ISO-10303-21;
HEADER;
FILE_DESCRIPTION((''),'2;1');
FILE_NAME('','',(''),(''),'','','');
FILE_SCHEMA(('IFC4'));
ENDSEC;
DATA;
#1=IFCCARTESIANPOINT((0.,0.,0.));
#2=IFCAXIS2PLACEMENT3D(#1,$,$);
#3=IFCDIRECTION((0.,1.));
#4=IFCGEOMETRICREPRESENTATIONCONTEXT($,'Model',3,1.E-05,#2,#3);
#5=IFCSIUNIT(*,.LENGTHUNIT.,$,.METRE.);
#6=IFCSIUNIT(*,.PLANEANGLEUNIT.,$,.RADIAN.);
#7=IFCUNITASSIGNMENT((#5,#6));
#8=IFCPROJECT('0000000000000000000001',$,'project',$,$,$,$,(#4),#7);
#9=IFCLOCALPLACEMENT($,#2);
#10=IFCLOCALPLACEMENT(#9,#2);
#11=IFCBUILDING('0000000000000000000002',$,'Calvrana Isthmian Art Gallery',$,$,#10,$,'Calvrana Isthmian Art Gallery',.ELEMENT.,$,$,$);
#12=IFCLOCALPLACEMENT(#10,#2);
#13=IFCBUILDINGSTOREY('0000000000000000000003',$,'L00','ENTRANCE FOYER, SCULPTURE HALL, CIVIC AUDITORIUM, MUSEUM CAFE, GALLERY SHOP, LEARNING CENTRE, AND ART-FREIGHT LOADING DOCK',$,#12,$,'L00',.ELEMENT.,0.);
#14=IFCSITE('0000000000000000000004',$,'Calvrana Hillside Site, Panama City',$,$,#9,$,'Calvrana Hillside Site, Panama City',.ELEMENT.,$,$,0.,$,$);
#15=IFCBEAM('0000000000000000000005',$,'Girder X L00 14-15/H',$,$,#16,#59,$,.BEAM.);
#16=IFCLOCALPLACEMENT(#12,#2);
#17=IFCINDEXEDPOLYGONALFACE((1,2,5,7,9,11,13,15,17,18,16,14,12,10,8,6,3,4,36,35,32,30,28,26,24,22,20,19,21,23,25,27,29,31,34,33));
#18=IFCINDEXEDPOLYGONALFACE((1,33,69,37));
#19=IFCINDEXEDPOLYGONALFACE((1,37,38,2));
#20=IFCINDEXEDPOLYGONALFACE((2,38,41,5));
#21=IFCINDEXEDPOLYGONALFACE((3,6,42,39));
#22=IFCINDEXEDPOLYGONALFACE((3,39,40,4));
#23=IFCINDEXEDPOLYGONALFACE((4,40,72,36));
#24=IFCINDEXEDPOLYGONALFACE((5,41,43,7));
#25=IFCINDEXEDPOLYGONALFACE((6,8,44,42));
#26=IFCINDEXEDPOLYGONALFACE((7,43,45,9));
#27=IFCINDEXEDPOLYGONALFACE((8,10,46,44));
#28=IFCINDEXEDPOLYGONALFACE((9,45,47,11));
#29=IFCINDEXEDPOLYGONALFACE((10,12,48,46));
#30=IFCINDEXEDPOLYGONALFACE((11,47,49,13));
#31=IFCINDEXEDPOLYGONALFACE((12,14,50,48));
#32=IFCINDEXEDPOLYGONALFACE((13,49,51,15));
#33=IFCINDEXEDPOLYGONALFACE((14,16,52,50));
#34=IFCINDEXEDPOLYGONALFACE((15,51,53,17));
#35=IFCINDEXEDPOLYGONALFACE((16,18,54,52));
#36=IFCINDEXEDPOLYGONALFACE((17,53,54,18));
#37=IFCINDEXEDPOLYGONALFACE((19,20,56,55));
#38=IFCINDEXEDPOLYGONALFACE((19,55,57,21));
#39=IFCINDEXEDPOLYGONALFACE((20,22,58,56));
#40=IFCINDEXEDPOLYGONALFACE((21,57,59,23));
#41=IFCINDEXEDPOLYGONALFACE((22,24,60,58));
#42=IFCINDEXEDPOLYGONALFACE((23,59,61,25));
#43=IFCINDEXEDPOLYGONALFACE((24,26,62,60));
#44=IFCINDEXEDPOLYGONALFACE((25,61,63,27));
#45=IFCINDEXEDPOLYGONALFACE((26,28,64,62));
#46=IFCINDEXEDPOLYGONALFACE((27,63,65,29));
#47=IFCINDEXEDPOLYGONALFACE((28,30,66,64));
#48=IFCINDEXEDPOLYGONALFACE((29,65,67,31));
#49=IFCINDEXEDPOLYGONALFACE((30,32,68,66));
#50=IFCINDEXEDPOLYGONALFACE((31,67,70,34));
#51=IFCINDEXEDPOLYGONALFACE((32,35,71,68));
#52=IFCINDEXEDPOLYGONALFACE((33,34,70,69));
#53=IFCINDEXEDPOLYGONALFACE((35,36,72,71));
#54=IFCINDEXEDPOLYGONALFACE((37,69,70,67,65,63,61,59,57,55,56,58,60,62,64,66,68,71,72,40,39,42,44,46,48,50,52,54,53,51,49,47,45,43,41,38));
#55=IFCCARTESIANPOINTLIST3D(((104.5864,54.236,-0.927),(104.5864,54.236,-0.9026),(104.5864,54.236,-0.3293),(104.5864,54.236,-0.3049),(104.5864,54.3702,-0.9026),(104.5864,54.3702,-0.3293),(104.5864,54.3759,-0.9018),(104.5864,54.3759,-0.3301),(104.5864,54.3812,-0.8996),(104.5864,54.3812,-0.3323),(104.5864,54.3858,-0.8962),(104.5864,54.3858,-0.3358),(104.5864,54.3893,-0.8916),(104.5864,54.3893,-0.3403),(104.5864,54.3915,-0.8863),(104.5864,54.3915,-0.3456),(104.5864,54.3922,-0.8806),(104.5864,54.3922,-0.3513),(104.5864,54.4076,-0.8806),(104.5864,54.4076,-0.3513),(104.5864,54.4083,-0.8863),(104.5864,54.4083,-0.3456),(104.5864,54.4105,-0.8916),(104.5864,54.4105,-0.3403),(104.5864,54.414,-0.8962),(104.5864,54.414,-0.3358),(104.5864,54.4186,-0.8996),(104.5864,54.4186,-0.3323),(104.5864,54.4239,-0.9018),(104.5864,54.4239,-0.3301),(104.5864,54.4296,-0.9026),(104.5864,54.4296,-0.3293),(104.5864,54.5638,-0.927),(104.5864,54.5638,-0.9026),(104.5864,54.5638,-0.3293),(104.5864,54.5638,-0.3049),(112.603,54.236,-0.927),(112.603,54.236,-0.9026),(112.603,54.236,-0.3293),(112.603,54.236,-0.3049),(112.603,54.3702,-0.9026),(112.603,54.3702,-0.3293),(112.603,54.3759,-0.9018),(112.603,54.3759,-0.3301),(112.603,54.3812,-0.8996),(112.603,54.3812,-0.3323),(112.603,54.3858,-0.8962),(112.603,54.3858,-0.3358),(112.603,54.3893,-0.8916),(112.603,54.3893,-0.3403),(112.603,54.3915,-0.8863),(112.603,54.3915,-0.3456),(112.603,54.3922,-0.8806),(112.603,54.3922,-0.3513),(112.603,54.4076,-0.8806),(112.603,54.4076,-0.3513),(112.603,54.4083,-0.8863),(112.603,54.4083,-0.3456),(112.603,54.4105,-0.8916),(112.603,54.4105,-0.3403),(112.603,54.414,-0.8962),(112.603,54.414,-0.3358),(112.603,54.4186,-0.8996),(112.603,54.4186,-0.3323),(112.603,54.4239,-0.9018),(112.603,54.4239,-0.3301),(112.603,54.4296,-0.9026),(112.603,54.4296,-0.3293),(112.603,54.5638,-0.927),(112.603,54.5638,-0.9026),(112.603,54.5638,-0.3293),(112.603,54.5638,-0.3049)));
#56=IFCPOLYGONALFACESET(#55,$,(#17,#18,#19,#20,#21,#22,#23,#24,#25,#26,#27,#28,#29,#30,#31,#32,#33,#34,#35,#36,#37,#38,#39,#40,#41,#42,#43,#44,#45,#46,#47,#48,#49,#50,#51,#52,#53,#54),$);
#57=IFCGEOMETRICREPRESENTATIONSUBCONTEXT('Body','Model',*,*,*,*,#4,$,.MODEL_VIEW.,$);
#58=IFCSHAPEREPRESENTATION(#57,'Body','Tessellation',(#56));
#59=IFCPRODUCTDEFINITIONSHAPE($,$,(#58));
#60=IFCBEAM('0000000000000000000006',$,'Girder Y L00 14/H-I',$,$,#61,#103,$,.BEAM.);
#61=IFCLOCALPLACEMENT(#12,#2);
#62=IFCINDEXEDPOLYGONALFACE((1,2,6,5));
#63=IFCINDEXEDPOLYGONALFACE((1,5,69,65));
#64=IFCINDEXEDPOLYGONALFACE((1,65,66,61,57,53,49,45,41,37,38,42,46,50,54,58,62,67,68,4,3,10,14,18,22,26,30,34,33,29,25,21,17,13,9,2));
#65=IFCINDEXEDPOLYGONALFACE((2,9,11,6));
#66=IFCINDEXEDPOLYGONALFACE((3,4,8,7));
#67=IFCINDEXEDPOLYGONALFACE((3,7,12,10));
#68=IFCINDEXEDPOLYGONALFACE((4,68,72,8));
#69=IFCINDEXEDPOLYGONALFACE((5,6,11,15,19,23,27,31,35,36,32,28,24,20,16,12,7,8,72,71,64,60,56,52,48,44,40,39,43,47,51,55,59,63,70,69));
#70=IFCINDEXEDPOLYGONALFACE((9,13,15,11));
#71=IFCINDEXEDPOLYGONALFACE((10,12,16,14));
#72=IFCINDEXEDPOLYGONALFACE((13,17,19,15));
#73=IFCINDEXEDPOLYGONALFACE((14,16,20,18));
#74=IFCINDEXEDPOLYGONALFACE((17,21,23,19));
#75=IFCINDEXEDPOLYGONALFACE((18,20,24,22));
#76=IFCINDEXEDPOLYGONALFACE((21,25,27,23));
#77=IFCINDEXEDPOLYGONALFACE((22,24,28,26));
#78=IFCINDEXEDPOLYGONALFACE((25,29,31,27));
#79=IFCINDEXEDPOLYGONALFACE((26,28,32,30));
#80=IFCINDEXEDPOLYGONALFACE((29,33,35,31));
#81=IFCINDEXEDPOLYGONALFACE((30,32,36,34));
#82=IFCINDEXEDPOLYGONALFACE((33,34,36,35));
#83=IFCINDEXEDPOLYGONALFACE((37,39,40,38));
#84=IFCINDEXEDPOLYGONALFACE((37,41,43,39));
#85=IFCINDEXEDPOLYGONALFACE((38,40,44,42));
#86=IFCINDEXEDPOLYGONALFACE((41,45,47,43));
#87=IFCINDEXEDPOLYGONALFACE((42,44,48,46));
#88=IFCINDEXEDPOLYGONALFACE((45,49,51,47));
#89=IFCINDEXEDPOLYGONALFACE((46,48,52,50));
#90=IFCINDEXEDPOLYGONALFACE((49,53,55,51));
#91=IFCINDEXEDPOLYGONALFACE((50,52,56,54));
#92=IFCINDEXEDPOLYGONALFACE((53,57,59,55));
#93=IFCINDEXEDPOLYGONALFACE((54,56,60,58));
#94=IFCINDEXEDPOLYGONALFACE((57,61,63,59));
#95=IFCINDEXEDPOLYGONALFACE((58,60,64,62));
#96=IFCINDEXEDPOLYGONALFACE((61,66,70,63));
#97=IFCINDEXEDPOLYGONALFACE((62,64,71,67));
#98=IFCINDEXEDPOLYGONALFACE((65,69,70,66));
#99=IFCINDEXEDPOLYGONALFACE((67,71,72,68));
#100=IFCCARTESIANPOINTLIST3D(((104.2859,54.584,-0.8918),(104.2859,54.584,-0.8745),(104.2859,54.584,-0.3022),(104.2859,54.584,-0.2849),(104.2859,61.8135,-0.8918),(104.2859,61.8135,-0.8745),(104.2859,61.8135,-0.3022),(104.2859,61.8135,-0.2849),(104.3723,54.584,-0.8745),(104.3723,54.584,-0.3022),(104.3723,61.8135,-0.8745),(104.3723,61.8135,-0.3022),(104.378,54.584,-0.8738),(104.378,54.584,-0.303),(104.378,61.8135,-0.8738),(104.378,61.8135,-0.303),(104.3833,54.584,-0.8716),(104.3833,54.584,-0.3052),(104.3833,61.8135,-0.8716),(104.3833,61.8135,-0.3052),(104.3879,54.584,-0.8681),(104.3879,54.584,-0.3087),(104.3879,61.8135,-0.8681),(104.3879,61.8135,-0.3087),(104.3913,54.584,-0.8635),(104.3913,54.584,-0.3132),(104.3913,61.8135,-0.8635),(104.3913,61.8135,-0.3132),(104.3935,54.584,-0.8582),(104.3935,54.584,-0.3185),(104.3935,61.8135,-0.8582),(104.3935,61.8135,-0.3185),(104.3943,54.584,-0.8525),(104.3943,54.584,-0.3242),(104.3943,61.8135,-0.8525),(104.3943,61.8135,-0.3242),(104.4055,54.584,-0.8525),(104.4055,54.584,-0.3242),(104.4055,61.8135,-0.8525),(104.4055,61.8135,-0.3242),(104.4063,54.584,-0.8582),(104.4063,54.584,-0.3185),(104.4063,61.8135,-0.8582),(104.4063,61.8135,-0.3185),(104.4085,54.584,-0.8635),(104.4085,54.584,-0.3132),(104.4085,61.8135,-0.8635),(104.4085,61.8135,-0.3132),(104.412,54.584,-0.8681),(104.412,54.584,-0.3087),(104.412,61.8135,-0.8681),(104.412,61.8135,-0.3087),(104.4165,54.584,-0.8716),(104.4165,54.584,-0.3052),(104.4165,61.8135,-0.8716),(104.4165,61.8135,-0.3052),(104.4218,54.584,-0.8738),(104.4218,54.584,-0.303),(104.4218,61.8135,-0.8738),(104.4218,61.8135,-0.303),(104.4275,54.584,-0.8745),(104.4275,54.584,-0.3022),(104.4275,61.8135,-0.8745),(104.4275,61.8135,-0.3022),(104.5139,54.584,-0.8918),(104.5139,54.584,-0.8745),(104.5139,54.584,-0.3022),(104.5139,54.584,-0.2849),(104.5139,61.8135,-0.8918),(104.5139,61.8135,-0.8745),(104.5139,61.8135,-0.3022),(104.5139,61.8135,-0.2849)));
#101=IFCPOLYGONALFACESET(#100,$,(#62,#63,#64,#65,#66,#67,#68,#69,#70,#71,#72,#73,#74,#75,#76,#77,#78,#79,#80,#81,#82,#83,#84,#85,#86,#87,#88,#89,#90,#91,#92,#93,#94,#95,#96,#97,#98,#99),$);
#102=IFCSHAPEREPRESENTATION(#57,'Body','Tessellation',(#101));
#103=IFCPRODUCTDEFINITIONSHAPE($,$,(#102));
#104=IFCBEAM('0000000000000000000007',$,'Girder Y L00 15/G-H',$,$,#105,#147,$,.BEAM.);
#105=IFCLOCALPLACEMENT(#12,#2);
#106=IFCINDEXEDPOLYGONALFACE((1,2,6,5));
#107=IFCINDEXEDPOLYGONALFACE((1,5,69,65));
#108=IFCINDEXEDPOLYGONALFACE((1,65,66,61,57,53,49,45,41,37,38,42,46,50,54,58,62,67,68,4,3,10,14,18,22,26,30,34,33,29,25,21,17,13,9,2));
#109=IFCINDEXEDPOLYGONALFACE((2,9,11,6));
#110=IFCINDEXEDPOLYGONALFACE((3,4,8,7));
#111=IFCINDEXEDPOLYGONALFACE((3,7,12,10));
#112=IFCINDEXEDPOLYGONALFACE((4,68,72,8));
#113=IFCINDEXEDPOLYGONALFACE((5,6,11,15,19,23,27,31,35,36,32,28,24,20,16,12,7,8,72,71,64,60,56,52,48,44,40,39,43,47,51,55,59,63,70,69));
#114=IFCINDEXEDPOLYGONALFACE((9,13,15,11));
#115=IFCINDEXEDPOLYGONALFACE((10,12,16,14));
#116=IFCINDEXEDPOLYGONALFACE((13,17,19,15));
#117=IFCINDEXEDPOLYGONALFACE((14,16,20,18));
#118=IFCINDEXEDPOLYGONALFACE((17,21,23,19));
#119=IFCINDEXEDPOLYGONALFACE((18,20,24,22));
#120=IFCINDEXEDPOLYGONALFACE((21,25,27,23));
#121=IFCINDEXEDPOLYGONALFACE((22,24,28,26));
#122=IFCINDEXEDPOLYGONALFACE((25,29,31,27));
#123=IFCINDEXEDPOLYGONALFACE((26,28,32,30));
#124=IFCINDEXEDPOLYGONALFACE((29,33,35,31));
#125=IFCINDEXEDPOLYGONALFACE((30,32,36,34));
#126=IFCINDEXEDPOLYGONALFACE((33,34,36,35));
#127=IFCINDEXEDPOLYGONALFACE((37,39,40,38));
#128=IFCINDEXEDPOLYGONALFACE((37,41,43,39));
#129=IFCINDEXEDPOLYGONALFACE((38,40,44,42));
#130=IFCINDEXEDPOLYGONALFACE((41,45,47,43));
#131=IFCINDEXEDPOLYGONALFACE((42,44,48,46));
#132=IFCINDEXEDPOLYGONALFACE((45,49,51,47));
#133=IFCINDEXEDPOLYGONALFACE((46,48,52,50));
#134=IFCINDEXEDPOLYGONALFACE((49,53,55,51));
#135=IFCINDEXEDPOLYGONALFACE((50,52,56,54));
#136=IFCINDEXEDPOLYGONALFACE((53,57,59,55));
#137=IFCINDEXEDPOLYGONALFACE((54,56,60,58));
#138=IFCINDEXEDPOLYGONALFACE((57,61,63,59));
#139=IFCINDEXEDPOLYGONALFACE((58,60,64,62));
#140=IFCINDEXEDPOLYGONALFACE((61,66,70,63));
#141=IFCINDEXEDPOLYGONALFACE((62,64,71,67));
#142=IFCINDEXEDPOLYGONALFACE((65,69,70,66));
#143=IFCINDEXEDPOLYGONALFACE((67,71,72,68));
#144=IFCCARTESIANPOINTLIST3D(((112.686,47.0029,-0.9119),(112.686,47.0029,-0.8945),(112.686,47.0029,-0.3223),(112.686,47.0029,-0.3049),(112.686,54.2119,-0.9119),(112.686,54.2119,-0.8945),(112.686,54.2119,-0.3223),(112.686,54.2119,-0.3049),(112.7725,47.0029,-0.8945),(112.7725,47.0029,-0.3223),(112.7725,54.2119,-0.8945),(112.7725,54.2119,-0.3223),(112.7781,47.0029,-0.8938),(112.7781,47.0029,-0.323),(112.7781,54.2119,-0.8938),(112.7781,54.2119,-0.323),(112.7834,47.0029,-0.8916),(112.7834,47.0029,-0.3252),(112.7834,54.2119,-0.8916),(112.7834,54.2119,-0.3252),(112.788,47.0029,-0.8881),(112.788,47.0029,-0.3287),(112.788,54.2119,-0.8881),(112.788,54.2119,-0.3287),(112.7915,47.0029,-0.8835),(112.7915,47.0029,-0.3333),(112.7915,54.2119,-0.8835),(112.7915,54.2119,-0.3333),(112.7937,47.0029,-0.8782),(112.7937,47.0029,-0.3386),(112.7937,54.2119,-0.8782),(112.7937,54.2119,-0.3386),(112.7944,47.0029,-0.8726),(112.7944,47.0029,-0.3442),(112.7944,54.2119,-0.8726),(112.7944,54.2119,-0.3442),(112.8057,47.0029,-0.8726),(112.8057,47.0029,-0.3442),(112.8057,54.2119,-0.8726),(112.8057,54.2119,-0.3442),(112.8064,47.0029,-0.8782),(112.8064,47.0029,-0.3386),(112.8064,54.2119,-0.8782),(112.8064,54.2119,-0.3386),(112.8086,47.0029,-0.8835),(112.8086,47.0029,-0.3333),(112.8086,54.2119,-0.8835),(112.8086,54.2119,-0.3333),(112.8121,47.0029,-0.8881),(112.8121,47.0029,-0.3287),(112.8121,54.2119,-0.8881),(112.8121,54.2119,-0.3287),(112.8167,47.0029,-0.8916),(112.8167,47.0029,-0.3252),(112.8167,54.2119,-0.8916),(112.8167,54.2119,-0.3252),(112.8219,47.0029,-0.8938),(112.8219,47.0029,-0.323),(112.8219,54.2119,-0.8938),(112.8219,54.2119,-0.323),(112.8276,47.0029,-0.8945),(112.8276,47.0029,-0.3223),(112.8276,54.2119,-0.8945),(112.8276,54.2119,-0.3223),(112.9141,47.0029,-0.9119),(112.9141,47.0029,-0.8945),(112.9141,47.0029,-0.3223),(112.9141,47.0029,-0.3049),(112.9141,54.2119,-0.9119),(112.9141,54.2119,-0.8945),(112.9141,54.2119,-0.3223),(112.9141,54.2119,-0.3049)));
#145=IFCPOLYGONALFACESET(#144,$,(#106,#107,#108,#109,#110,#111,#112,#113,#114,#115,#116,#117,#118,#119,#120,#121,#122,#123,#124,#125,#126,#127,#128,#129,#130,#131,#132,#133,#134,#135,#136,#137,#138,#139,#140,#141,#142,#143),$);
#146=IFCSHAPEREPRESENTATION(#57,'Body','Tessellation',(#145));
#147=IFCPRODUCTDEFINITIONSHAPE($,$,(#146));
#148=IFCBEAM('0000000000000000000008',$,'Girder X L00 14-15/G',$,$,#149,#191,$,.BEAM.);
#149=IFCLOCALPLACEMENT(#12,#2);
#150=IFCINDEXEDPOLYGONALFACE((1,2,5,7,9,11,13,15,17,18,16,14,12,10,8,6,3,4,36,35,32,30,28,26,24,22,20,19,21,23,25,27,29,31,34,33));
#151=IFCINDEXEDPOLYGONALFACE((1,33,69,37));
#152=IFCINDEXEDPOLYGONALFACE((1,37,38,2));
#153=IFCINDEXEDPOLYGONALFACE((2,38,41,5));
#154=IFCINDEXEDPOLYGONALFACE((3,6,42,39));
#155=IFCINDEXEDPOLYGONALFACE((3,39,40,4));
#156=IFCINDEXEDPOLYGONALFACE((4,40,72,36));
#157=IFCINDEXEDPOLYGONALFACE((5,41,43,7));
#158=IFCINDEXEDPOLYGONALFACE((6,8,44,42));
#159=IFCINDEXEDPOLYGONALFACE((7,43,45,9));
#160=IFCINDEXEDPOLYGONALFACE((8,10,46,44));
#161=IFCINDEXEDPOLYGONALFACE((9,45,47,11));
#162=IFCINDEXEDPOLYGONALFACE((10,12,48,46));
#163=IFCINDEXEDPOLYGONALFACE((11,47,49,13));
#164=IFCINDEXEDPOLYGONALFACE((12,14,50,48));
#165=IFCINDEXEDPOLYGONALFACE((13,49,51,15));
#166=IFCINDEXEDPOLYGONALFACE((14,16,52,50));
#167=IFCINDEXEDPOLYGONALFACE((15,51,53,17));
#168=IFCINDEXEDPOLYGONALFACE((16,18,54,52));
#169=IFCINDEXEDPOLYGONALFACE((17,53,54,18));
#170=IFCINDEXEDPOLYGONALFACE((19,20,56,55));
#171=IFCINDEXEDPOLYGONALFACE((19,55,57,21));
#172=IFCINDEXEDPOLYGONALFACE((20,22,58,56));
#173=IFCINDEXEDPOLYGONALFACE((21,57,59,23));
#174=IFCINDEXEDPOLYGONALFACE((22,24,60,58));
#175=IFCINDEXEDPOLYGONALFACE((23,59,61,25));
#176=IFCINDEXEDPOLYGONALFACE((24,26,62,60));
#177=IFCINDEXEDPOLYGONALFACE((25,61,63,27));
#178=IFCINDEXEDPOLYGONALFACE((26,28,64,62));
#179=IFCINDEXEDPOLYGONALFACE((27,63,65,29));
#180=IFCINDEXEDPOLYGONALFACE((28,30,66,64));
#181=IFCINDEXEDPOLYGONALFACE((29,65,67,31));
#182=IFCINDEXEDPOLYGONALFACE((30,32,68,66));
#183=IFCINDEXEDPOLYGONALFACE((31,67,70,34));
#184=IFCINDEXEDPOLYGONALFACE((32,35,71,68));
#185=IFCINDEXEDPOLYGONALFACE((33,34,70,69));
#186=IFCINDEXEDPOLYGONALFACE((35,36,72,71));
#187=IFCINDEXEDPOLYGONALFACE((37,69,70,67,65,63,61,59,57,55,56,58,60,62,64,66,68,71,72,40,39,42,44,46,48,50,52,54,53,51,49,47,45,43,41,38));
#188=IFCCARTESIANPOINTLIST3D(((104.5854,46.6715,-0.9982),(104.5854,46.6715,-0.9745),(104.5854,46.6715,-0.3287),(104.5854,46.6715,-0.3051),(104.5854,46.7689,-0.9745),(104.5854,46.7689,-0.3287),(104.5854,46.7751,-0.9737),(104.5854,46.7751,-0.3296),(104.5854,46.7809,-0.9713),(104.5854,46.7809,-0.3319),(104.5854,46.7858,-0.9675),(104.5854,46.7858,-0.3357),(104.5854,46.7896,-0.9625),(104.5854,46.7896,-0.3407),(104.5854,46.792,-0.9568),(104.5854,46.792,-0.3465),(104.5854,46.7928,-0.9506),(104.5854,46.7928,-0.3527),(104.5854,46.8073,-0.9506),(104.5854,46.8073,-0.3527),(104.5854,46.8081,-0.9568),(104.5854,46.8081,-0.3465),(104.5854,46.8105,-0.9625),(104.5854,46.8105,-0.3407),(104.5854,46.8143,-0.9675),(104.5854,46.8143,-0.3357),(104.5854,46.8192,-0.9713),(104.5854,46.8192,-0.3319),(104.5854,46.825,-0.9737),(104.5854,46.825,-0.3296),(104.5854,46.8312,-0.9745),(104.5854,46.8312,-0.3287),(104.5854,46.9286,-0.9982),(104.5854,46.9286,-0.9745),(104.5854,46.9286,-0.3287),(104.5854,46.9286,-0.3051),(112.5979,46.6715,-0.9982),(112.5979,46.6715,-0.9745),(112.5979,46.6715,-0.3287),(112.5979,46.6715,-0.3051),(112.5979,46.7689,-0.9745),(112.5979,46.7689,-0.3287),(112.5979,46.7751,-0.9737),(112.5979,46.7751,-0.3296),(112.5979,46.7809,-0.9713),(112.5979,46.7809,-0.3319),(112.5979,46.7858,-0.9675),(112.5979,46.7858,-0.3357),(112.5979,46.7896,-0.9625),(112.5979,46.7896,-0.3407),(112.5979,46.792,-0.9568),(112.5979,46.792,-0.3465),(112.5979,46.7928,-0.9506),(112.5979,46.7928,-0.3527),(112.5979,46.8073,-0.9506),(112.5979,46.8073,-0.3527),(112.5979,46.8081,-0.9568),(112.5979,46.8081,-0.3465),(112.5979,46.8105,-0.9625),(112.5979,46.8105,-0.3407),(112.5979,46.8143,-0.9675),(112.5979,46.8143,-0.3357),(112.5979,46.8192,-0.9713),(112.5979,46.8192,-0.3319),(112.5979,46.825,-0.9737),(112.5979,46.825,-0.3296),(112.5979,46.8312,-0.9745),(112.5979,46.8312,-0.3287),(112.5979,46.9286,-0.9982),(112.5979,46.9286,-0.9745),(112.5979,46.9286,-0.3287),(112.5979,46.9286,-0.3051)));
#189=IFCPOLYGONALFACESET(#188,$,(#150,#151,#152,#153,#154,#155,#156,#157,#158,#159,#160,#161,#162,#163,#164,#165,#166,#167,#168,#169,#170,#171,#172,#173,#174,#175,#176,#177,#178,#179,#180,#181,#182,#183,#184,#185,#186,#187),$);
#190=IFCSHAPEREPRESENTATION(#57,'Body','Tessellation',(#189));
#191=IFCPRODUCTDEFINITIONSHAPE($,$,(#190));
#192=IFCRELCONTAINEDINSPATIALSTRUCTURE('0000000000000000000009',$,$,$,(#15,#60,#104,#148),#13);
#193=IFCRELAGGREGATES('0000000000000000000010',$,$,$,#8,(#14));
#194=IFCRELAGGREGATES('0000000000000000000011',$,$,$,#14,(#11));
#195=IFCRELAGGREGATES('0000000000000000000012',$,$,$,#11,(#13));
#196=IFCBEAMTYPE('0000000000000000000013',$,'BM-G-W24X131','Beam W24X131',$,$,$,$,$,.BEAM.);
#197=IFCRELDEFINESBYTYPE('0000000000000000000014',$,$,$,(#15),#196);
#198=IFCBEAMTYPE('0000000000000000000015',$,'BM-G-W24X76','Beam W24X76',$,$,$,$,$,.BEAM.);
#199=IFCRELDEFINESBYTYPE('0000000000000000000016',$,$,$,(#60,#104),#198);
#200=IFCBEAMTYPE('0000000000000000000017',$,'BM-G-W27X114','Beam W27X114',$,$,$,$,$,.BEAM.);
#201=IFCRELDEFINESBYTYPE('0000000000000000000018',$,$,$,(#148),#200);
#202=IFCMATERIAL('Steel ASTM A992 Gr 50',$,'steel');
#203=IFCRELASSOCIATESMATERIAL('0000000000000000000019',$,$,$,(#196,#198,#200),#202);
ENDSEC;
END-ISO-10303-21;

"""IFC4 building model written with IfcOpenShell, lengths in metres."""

from ifc_helpers import new_model, si_unit, direction, frame, origin, origin_2d, place, context, subcontext, project, spatial, i_section, extrude, material, material_profile, profile_set, type_object, element, save


model = new_model("IFC4")

# Units and contexts
model_context = context("Model", 3, precision=1e-05, world=origin(), true_north=direction((0.0, 1.0)))
body_context = subcontext(model_context, "Body", "Model", "MODEL_VIEW")
ifc_project = project(units=[si_unit("LENGTHUNIT", "METRE"), si_unit("PLANEANGLEUNIT", "RADIAN")], contexts=[model_context])

# Site, building, storey
site_placement = place(None, origin())
site = spatial("IfcSite", under=ifc_project, at=site_placement, Name="Calvrana Hillside Site, Panama City", LongName="Calvrana Hillside Site, Panama City", CompositionType="ELEMENT", RefElevation=0.0)
building_placement = place(site_placement, origin())
building = spatial("IfcBuilding", under=site, at=building_placement, Name="Calvrana Isthmian Art Gallery", LongName="Calvrana Isthmian Art Gallery", CompositionType="ELEMENT")
storey_placement = place(building_placement, origin())
storey = spatial("IfcBuildingStorey", under=building, at=storey_placement, Name="L00", Description="ENTRANCE FOYER, SCULPTURE HALL, CIVIC AUDITORIUM, MUSEUM CAFE, GALLERY SHOP, LEARNING CENTRE, AND ART-FREIGHT LOADING DOCK", LongName="L00", CompositionType="ELEMENT", Elevation=0.0)

# Shared definitions
ifc_material_1 = material(Name="Steel ASTM A992 Gr 50", Category="steel")

# Beams
ifc_material_profile_1 = material_profile(ifc_material_1, i_section(OverallWidth=0.3279, OverallDepth=0.6221, WebThickness=0.0154, FlangeThickness=0.0244, FilletRadius=0.022, at=origin_2d()), Name="W24X131")
ifc_profile_set_1 = profile_set([ifc_material_profile_1], Name="Steel ASTM A992 Gr 50")
beam_type_1 = type_object("IfcBeamType", Name="BM-G-W24X131", Description="Beam W24X131", PredefinedType="BEAM", material=ifc_profile_set_1)
beam_1_placement = place(storey_placement, frame((104.5864, 54.3999, -0.616), z_axis=(1.0, 0.0, 0.0), x_axis=(0.0, 1.0, 0.0)))
element("IfcBeam", 1, at=beam_1_placement, inside=storey, type_object=beam_type_1, Name="Girder X L00 14-15/H", PredefinedType="BEAM", context=body_context, shape_type="SweptSolid", body=[
    extrude(i_section(OverallWidth=0.3279, OverallDepth=0.6221, WebThickness=0.0154, FlangeThickness=0.0244, FilletRadius=0.022, at=origin_2d()), origin(), (0.0, 0.0, 1.0), 8.0166),
])
ifc_material_profile_2 = material_profile(ifc_material_1, i_section(OverallWidth=0.228, OverallDepth=0.6069, WebThickness=0.0112, FlangeThickness=0.0173, FilletRadius=0.022, at=origin_2d()), Name="W24X76")
ifc_profile_set_2 = profile_set([ifc_material_profile_2], Name="Steel ASTM A992 Gr 50")
beam_type_2 = type_object("IfcBeamType", Name="BM-G-W24X76", Description="Beam W24X76", PredefinedType="BEAM", material=ifc_profile_set_2)
beam_2_placement = place(storey_placement, frame((104.3999, 54.584, -0.5884), z_axis=(0.0, 1.0, 0.0), x_axis=(-1.0, 0.0, 0.0)))
element("IfcBeam", 2, at=beam_2_placement, inside=storey, type_object=beam_type_2, Name="Girder Y L00 14/H-I", PredefinedType="BEAM", context=body_context, shape_type="SweptSolid", body=[
    extrude(i_section(OverallWidth=0.228, OverallDepth=0.6069, WebThickness=0.0112, FlangeThickness=0.0173, FilletRadius=0.022, at=origin_2d()), origin(), (0.0, 0.0, 1.0), 7.2295),
])
beam_3_placement = place(storey_placement, frame((112.8, 47.0029, -0.6084), z_axis=(0.0, 1.0, 0.0), x_axis=(-1.0, 0.0, 0.0)))
element("IfcBeam", 3, at=beam_3_placement, inside=storey, type_object=beam_type_2, Name="Girder Y L00 15/G-H", PredefinedType="BEAM", context=body_context, shape_type="SweptSolid", body=[
    extrude(i_section(OverallWidth=0.228, OverallDepth=0.6069, WebThickness=0.0112, FlangeThickness=0.0173, FilletRadius=0.022, at=origin_2d()), origin(), (0.0, 0.0, 1.0), 7.209),
])
ifc_material_profile_3 = material_profile(ifc_material_1, i_section(OverallWidth=0.2571, OverallDepth=0.6931, WebThickness=0.0144, FlangeThickness=0.0237, FilletRadius=0.0239, at=origin_2d()), Name="W27X114")
ifc_profile_set_3 = profile_set([ifc_material_profile_3], Name="Steel ASTM A992 Gr 50")
beam_type_3 = type_object("IfcBeamType", Name="BM-G-W27X114", Description="Beam W27X114", PredefinedType="BEAM", material=ifc_profile_set_3)
beam_4_placement = place(storey_placement, frame((104.5854, 46.8, -0.6516), z_axis=(1.0, 0.0, 0.0), x_axis=(0.0, 1.0, 0.0)))
element("IfcBeam", 4, at=beam_4_placement, inside=storey, type_object=beam_type_3, Name="Girder X L00 14-15/G", PredefinedType="BEAM", context=body_context, shape_type="SweptSolid", body=[
    extrude(i_section(OverallWidth=0.2571, OverallDepth=0.6931, WebThickness=0.0144, FlangeThickness=0.0237, FilletRadius=0.0239, at=origin_2d()), origin(), (0.0, 0.0, 1.0), 8.0125),
])

save(model, "model.ifc")
